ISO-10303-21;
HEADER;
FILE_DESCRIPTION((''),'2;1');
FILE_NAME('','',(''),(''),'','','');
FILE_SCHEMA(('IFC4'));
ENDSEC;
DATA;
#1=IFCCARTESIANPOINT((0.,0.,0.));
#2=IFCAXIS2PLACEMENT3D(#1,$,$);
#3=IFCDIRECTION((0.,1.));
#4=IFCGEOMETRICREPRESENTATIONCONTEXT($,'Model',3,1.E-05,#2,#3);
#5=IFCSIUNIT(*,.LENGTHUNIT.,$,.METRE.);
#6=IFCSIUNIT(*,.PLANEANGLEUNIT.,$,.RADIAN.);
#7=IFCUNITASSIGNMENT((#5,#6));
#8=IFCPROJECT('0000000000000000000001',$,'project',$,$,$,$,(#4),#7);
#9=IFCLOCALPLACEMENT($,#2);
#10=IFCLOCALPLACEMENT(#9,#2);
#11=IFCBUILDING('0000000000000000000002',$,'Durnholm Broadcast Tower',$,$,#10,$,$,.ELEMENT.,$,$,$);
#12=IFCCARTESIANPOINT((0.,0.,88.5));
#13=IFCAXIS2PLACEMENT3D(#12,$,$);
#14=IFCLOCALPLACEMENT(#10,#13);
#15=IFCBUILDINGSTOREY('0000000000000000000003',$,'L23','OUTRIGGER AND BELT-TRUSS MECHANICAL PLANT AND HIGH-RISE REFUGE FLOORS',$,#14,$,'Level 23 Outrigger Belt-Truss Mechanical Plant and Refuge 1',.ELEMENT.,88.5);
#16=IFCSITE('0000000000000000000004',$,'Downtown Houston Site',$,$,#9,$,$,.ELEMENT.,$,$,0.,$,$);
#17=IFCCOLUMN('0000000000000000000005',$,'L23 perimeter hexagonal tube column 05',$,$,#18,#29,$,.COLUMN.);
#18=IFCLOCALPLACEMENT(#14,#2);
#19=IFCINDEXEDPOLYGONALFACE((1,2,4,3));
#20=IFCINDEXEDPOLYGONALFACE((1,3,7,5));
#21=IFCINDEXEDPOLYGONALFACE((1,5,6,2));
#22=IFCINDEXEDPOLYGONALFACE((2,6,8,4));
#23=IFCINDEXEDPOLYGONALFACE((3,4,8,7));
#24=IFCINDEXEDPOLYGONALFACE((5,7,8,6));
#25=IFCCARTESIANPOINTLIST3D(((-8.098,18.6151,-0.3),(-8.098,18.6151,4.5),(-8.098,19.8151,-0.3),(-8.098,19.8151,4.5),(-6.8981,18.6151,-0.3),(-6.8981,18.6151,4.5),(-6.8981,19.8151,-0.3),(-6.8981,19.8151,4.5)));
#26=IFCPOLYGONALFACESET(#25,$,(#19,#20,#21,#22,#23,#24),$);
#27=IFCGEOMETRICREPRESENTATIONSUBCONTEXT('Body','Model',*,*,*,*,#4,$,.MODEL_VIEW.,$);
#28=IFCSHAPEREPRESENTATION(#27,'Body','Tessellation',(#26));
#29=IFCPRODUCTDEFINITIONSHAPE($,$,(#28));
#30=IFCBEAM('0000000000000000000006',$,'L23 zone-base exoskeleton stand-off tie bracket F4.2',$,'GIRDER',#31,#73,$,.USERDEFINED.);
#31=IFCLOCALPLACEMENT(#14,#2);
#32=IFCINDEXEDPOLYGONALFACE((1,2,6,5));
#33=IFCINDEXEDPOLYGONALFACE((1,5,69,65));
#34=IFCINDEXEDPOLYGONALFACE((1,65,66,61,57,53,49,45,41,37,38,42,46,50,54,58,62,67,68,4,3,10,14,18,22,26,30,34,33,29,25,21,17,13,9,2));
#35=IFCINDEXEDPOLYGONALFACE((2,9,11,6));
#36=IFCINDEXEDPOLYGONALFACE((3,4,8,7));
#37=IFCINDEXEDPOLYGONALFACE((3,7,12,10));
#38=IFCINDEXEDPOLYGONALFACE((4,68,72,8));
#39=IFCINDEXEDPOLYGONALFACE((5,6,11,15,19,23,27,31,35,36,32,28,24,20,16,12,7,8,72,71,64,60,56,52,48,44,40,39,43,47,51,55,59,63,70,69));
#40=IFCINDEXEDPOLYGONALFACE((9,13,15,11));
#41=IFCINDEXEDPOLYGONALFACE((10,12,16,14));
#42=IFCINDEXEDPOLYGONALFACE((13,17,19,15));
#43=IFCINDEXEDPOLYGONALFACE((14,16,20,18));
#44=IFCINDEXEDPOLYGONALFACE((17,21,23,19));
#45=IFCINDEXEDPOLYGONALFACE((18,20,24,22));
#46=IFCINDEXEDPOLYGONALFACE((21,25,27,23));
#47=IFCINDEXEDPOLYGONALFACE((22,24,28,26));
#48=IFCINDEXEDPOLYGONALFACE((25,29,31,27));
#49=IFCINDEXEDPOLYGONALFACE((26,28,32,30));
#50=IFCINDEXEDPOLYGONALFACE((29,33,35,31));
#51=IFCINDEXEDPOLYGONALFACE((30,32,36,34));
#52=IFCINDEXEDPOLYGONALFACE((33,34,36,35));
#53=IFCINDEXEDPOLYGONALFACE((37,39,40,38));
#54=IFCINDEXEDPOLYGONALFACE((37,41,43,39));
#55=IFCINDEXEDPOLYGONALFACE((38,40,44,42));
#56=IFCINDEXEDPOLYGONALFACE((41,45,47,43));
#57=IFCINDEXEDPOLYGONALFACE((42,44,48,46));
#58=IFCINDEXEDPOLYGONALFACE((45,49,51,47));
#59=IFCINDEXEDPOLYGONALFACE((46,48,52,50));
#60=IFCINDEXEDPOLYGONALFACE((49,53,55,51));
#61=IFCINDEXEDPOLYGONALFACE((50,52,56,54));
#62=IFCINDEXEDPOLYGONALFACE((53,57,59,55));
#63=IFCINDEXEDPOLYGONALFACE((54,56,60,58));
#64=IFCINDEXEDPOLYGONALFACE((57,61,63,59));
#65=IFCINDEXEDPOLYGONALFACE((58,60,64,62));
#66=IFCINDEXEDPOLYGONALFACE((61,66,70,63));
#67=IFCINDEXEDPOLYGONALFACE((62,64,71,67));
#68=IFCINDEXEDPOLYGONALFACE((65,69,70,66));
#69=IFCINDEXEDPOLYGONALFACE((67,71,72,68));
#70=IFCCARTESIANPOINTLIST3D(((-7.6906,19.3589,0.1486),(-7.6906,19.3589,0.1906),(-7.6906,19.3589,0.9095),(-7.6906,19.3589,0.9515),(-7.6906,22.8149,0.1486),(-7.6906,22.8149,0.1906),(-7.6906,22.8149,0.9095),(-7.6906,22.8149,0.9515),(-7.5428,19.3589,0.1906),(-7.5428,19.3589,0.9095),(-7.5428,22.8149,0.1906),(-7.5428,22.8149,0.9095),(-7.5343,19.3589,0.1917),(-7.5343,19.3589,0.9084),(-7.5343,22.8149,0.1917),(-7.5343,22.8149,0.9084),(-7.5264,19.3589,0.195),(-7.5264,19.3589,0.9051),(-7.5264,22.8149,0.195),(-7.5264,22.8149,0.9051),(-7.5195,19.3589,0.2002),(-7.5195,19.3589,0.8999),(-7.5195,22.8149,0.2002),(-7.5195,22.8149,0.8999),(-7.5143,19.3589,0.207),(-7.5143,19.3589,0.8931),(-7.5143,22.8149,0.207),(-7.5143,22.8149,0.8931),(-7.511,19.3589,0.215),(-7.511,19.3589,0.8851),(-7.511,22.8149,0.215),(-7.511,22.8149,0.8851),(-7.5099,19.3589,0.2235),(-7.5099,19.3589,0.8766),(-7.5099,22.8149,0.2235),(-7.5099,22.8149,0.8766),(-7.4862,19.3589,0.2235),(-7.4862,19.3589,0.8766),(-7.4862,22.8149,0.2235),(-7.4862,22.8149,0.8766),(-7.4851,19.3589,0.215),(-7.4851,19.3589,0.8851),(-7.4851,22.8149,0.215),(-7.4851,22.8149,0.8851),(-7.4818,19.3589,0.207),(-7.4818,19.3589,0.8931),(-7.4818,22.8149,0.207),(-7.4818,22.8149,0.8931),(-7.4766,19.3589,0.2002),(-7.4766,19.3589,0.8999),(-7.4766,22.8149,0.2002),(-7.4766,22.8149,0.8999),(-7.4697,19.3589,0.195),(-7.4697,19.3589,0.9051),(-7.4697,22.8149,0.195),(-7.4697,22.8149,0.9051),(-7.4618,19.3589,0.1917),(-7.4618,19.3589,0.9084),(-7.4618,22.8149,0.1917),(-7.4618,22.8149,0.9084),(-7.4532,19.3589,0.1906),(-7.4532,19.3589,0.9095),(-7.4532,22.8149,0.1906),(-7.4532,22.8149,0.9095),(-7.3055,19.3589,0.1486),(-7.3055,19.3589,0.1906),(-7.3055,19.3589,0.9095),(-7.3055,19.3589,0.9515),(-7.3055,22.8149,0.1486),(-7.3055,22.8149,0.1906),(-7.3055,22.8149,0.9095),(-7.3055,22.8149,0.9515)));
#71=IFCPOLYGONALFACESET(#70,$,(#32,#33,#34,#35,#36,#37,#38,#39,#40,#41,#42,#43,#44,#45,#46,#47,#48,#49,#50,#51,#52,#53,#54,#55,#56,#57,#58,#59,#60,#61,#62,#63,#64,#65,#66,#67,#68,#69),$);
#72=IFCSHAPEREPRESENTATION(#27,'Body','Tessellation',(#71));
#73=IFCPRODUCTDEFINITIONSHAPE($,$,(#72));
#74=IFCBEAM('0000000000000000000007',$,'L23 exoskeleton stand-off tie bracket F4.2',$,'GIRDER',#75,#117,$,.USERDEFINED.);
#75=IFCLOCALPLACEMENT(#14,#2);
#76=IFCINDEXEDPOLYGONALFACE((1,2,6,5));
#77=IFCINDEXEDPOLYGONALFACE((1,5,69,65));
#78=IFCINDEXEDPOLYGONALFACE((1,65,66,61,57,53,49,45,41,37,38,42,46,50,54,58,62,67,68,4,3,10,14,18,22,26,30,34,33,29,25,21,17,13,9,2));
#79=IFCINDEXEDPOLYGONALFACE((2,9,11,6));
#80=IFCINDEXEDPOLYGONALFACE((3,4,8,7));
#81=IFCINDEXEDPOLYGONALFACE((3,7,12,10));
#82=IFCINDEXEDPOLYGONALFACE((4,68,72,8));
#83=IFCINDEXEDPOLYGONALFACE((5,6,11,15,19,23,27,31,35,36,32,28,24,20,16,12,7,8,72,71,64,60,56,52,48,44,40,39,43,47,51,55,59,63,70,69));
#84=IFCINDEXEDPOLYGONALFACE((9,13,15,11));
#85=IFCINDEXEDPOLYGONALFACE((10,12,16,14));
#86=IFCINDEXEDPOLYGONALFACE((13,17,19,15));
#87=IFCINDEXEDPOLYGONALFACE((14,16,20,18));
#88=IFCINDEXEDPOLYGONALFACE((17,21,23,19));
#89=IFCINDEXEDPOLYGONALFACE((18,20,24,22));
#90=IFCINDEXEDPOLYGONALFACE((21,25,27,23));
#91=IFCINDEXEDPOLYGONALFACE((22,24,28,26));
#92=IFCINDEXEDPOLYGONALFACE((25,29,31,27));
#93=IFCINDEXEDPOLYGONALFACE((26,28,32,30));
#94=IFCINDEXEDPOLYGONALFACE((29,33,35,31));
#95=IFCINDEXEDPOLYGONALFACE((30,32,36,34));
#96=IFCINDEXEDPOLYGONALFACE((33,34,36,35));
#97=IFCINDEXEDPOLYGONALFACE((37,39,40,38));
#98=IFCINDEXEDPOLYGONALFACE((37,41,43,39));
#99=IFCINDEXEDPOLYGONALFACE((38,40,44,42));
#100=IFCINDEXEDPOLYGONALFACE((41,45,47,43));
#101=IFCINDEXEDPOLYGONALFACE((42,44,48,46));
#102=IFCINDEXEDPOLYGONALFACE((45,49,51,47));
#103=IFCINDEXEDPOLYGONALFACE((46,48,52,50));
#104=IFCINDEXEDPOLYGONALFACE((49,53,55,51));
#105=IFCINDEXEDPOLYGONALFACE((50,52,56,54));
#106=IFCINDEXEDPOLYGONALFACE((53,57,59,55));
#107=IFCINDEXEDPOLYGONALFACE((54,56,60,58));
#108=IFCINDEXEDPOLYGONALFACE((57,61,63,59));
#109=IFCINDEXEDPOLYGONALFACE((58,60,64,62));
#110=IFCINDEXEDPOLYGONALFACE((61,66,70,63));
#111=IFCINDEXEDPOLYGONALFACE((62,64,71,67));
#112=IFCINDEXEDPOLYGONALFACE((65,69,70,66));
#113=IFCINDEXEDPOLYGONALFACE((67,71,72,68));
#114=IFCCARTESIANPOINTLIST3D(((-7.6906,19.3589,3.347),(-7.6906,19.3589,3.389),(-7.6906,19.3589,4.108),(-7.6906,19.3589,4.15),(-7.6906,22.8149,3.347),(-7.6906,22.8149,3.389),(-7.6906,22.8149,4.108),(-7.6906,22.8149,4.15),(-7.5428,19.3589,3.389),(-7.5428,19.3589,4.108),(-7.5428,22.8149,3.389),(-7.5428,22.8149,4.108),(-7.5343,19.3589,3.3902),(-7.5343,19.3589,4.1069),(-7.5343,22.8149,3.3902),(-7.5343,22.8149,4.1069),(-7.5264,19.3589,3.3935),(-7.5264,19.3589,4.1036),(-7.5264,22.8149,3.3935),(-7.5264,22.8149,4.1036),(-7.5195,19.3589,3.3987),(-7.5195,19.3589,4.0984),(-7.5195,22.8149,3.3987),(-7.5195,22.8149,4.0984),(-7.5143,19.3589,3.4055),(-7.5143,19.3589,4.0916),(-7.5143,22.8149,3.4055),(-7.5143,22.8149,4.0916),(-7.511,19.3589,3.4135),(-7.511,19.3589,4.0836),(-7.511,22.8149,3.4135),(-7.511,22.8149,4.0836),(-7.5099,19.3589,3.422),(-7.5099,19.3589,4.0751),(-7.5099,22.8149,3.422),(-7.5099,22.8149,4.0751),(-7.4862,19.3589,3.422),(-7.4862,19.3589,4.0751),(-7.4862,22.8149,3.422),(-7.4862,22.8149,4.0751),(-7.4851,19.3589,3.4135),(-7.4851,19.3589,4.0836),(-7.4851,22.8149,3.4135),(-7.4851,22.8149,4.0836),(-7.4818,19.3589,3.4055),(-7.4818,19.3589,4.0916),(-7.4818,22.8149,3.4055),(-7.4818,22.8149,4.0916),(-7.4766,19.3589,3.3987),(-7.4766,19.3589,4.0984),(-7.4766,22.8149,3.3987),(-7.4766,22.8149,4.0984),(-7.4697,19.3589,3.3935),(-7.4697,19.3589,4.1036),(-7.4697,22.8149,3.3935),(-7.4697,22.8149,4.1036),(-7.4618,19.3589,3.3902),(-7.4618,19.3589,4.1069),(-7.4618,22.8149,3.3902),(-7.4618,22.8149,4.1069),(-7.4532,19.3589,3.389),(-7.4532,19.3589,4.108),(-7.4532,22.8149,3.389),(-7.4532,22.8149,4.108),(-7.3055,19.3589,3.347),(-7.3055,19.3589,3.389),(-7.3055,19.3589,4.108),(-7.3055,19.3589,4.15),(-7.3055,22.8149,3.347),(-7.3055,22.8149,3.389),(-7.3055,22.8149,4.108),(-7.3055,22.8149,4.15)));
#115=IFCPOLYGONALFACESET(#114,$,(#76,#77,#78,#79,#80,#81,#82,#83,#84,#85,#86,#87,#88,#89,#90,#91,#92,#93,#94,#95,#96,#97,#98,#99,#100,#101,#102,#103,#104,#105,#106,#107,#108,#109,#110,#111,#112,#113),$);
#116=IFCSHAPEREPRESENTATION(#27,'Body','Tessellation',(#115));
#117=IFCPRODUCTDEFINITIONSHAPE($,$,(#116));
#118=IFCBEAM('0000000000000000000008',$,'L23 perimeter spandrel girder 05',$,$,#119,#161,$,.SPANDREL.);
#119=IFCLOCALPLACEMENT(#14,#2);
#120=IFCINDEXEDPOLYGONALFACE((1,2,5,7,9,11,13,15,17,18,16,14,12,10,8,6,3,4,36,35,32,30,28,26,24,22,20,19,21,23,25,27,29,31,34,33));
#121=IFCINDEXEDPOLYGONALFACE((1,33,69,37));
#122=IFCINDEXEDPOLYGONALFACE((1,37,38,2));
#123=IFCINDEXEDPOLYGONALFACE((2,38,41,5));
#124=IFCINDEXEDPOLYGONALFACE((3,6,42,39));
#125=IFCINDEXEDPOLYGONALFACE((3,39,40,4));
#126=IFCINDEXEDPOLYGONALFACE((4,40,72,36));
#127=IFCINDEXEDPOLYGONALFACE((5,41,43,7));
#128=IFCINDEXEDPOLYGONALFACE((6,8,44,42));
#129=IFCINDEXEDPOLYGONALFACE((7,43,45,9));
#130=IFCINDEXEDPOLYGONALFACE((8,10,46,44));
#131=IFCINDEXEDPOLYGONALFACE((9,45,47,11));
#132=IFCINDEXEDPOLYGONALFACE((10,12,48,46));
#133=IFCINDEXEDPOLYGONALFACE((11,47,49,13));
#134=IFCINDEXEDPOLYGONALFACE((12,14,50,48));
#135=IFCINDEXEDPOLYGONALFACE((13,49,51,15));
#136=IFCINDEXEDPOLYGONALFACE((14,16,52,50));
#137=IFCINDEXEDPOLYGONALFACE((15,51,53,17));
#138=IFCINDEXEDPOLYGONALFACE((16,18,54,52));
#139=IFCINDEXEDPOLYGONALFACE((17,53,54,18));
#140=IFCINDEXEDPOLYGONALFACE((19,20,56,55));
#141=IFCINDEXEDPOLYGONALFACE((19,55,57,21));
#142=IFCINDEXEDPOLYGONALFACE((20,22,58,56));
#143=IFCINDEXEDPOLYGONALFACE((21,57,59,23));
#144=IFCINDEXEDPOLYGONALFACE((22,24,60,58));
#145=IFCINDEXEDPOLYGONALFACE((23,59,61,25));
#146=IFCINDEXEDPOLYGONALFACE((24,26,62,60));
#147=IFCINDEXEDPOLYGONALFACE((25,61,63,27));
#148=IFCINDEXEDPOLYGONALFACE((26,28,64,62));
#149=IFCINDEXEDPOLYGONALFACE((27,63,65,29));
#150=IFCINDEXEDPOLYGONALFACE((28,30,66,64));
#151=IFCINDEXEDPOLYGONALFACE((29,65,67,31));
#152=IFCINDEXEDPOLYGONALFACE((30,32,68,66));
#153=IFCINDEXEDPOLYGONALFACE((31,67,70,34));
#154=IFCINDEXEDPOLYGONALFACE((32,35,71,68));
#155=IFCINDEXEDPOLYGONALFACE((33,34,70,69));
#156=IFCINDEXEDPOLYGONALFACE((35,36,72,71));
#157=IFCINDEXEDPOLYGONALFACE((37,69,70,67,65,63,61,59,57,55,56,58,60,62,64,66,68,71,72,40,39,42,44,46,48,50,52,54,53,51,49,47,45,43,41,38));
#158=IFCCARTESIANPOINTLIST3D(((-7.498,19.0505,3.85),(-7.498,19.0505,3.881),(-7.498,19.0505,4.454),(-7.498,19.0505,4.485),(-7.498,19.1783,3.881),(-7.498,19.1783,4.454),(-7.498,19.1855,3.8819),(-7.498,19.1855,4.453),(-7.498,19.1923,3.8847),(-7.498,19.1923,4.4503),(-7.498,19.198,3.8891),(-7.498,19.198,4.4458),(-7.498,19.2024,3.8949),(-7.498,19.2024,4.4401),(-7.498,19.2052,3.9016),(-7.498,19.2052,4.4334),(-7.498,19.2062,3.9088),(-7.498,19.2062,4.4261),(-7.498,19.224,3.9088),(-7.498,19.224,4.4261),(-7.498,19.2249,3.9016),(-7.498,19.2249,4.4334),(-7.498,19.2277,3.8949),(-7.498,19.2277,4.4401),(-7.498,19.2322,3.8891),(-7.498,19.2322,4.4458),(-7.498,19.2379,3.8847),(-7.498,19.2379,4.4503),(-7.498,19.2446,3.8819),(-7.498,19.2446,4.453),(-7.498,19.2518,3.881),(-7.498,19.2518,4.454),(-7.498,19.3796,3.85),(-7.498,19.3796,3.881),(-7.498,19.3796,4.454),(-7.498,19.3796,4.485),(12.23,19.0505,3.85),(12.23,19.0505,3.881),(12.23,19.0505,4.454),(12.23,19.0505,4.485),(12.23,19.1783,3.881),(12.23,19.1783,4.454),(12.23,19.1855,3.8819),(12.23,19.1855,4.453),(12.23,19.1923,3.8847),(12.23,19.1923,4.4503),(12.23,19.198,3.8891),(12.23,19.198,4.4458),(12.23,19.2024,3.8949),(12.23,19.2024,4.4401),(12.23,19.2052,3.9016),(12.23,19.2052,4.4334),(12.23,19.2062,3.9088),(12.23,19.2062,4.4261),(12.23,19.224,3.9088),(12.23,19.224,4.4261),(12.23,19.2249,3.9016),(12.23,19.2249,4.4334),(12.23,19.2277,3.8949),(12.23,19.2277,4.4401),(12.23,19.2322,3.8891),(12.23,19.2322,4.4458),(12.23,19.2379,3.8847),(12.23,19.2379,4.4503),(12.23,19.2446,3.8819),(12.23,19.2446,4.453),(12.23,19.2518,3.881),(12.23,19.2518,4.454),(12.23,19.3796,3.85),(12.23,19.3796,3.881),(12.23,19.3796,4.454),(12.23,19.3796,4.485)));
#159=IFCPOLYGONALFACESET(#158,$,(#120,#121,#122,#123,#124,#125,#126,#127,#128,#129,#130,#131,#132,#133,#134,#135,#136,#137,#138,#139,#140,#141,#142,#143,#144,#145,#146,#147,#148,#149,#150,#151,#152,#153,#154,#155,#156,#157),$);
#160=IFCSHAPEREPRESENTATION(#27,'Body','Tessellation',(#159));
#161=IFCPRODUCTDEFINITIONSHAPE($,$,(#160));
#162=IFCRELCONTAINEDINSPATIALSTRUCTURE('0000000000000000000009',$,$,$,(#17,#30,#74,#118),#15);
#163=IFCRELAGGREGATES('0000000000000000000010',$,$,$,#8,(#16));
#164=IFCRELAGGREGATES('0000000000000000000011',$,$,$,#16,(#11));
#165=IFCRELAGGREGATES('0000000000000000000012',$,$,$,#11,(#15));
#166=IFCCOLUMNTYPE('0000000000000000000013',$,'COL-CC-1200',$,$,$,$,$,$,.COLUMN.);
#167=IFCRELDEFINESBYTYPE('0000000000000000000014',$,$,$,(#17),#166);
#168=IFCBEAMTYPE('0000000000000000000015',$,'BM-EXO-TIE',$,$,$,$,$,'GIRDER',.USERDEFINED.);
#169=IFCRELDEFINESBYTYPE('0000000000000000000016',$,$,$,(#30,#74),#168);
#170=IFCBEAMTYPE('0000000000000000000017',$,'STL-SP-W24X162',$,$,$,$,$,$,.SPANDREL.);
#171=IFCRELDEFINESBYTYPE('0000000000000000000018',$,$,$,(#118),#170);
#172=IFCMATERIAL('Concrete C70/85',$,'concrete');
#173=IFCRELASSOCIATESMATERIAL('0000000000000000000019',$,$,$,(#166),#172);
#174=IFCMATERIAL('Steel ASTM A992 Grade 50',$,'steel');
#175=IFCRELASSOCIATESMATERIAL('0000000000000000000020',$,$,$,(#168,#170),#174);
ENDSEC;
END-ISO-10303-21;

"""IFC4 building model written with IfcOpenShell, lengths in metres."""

from ifc_helpers import new_model, si_unit, direction, frame, origin, origin_2d, place, context, subcontext, project, spatial, rectangle, i_section, extrude, source, transform, mapped, material, material_profile, profile_set, type_object, type_shapes, element, save


model = new_model("IFC4")

# Units and contexts
model_context = context("Model", 3, precision=1e-05, world=origin(), true_north=direction((0.0, 1.0)))
body_context = subcontext(model_context, "Body", "Model", "MODEL_VIEW")
ifc_project = project(units=[si_unit("LENGTHUNIT", "METRE"), si_unit("PLANEANGLEUNIT", "RADIAN")], contexts=[model_context])

# Site, building, storey
site_placement = place(None, origin())
site = spatial("IfcSite", under=ifc_project, at=site_placement, Name="Downtown Houston Site", CompositionType="ELEMENT", RefElevation=0.0)
building_placement = place(site_placement, origin())
building = spatial("IfcBuilding", under=site, at=building_placement, Name="Durnholm Broadcast Tower", CompositionType="ELEMENT")
storey_placement = place(building_placement, frame((0.0, 0.0, 88.5)))
storey = spatial("IfcBuildingStorey", under=building, at=storey_placement, Name="L23", Description="OUTRIGGER AND BELT-TRUSS MECHANICAL PLANT AND HIGH-RISE REFUGE FLOORS", LongName="Level 23 Outrigger Belt-Truss Mechanical Plant and Refuge 1", CompositionType="ELEMENT", Elevation=88.5)

# Column
ifc_material_1 = material(Name="Concrete C70/85", Category="concrete")
ifc_material_profile_1 = material_profile(ifc_material_1, rectangle(XDim=1.2, YDim=1.2, at=origin_2d()), Name="RC1200X1200")
ifc_profile_set_1 = profile_set([ifc_material_profile_1], Name="Concrete C70/85")
column_type = type_object("IfcColumnType", Name="COL-CC-1200", PredefinedType="COLUMN", material=ifc_profile_set_1)
shared_shape_1 = source(origin(), body_context, "Body", "SweptSolid", [
    extrude(rectangle(XDim=1.2, YDim=1.2, at=origin_2d()), origin(), (0.0, 0.0, 1.0), 4.8),
])
type_shapes(column_type, [shared_shape_1])
column_placement = place(storey_placement, frame((-7.498, 19.2151, -0.3), z_axis=(0.0, 0.0, 1.0), x_axis=(1.0, 0.0, 0.0)))
element("IfcColumn", 1, at=column_placement, inside=storey, type_object=column_type, Name="L23 perimeter hexagonal tube column 05", PredefinedType="COLUMN", context=body_context, shape_type="MappedRepresentation", body=[
    mapped(shared_shape_1, transform((0.0, 0.0, 0.0), x_axis=(1.0, 0.0, 0.0), y_axis=(0.0, 1.0, 0.0), z_axis=(0.0, 0.0, 1.0), scale=1.0)),
])

# Beams
ifc_material_2 = material(Name="Steel ASTM A992 Grade 50", Category="steel")
ifc_material_profile_2 = material_profile(ifc_material_2, i_section(OverallWidth=0.385, OverallDepth=0.803, WebThickness=0.0237, FlangeThickness=0.042, FilletRadius=0.033, at=origin_2d()), Name="W30X261")
ifc_profile_set_2 = profile_set([ifc_material_profile_2], Name="Steel ASTM A992 Grade 50")
beam_type_1 = type_object("IfcBeamType", Name="BM-EXO-TIE", ElementType="GIRDER", PredefinedType="USERDEFINED", material=ifc_profile_set_2)
shared_shape_2 = source(origin(), body_context, "Body", "SweptSolid", [
    extrude(i_section(OverallWidth=0.385, OverallDepth=0.803, WebThickness=0.0237, FlangeThickness=0.042, FilletRadius=0.033, at=origin_2d()), origin(), (0.0, 0.0, 1.0), 3.4561),
])
for number, where, z_axis, x_axis, name in (
    (2, (-7.498, 19.3589, 0.55), (0.0, 1.0, 0.0), (-1.0, 0.0, 0.0), "L23 zone-base exoskeleton stand-off tie bracket F4.2"),
    (3, (-7.498, 19.3589, 3.7485), (0.0, 1.0, 0.0), (-1.0, 0.0, 0.0), "L23 exoskeleton stand-off tie bracket F4.2"),
):
    element("IfcBeam", number, at=place(storey_placement, frame(where, z_axis=z_axis, x_axis=x_axis)), inside=storey, type_object=beam_type_1, Name=name, ObjectType="GIRDER", PredefinedType="USERDEFINED", context=body_context, shape_type="MappedRepresentation", body=[
        mapped(shared_shape_2, transform((0.0, 0.0, 0.0), x_axis=(1.0, 0.0, 0.0), y_axis=(0.0, 1.0, 0.0), z_axis=(0.0, 0.0, 1.0), scale=1.0)),
    ])
ifc_material_profile_3 = material_profile(ifc_material_2, i_section(OverallWidth=0.3291, OverallDepth=0.635, WebThickness=0.0178, FlangeThickness=0.031, FilletRadius=0.0278, at=origin_2d()), Name="W24X162")
ifc_profile_set_3 = profile_set([ifc_material_profile_3], Name="Steel ASTM A992 Grade 50")
beam_type_2 = type_object("IfcBeamType", Name="STL-SP-W24X162", PredefinedType="SPANDREL", material=ifc_profile_set_3)
shared_shape_3 = source(origin(), body_context, "Body", "SweptSolid", [
    extrude(i_section(OverallWidth=0.3291, OverallDepth=0.635, WebThickness=0.0178, FlangeThickness=0.031, FilletRadius=0.0278, at=origin_2d()), origin(), (0.0, 0.0, 1.0), 19.728),
])
type_shapes(beam_type_2, [shared_shape_3])
beam_placement = place(storey_placement, frame((-7.498, 19.2151, 4.1675), z_axis=(1.0, 0.0, 0.0), x_axis=(0.0, 1.0, 0.0)))
element("IfcBeam", 4, at=beam_placement, inside=storey, type_object=beam_type_2, Name="L23 perimeter spandrel girder 05", PredefinedType="SPANDREL", context=body_context, shape_type="MappedRepresentation", body=[
    mapped(shared_shape_3, transform((0.0, 0.0, 0.0), x_axis=(1.0, 0.0, 0.0), y_axis=(0.0, 1.0, 0.0), z_axis=(0.0, 0.0, 1.0), scale=1.0)),
])

save(model, "model.ifc")
